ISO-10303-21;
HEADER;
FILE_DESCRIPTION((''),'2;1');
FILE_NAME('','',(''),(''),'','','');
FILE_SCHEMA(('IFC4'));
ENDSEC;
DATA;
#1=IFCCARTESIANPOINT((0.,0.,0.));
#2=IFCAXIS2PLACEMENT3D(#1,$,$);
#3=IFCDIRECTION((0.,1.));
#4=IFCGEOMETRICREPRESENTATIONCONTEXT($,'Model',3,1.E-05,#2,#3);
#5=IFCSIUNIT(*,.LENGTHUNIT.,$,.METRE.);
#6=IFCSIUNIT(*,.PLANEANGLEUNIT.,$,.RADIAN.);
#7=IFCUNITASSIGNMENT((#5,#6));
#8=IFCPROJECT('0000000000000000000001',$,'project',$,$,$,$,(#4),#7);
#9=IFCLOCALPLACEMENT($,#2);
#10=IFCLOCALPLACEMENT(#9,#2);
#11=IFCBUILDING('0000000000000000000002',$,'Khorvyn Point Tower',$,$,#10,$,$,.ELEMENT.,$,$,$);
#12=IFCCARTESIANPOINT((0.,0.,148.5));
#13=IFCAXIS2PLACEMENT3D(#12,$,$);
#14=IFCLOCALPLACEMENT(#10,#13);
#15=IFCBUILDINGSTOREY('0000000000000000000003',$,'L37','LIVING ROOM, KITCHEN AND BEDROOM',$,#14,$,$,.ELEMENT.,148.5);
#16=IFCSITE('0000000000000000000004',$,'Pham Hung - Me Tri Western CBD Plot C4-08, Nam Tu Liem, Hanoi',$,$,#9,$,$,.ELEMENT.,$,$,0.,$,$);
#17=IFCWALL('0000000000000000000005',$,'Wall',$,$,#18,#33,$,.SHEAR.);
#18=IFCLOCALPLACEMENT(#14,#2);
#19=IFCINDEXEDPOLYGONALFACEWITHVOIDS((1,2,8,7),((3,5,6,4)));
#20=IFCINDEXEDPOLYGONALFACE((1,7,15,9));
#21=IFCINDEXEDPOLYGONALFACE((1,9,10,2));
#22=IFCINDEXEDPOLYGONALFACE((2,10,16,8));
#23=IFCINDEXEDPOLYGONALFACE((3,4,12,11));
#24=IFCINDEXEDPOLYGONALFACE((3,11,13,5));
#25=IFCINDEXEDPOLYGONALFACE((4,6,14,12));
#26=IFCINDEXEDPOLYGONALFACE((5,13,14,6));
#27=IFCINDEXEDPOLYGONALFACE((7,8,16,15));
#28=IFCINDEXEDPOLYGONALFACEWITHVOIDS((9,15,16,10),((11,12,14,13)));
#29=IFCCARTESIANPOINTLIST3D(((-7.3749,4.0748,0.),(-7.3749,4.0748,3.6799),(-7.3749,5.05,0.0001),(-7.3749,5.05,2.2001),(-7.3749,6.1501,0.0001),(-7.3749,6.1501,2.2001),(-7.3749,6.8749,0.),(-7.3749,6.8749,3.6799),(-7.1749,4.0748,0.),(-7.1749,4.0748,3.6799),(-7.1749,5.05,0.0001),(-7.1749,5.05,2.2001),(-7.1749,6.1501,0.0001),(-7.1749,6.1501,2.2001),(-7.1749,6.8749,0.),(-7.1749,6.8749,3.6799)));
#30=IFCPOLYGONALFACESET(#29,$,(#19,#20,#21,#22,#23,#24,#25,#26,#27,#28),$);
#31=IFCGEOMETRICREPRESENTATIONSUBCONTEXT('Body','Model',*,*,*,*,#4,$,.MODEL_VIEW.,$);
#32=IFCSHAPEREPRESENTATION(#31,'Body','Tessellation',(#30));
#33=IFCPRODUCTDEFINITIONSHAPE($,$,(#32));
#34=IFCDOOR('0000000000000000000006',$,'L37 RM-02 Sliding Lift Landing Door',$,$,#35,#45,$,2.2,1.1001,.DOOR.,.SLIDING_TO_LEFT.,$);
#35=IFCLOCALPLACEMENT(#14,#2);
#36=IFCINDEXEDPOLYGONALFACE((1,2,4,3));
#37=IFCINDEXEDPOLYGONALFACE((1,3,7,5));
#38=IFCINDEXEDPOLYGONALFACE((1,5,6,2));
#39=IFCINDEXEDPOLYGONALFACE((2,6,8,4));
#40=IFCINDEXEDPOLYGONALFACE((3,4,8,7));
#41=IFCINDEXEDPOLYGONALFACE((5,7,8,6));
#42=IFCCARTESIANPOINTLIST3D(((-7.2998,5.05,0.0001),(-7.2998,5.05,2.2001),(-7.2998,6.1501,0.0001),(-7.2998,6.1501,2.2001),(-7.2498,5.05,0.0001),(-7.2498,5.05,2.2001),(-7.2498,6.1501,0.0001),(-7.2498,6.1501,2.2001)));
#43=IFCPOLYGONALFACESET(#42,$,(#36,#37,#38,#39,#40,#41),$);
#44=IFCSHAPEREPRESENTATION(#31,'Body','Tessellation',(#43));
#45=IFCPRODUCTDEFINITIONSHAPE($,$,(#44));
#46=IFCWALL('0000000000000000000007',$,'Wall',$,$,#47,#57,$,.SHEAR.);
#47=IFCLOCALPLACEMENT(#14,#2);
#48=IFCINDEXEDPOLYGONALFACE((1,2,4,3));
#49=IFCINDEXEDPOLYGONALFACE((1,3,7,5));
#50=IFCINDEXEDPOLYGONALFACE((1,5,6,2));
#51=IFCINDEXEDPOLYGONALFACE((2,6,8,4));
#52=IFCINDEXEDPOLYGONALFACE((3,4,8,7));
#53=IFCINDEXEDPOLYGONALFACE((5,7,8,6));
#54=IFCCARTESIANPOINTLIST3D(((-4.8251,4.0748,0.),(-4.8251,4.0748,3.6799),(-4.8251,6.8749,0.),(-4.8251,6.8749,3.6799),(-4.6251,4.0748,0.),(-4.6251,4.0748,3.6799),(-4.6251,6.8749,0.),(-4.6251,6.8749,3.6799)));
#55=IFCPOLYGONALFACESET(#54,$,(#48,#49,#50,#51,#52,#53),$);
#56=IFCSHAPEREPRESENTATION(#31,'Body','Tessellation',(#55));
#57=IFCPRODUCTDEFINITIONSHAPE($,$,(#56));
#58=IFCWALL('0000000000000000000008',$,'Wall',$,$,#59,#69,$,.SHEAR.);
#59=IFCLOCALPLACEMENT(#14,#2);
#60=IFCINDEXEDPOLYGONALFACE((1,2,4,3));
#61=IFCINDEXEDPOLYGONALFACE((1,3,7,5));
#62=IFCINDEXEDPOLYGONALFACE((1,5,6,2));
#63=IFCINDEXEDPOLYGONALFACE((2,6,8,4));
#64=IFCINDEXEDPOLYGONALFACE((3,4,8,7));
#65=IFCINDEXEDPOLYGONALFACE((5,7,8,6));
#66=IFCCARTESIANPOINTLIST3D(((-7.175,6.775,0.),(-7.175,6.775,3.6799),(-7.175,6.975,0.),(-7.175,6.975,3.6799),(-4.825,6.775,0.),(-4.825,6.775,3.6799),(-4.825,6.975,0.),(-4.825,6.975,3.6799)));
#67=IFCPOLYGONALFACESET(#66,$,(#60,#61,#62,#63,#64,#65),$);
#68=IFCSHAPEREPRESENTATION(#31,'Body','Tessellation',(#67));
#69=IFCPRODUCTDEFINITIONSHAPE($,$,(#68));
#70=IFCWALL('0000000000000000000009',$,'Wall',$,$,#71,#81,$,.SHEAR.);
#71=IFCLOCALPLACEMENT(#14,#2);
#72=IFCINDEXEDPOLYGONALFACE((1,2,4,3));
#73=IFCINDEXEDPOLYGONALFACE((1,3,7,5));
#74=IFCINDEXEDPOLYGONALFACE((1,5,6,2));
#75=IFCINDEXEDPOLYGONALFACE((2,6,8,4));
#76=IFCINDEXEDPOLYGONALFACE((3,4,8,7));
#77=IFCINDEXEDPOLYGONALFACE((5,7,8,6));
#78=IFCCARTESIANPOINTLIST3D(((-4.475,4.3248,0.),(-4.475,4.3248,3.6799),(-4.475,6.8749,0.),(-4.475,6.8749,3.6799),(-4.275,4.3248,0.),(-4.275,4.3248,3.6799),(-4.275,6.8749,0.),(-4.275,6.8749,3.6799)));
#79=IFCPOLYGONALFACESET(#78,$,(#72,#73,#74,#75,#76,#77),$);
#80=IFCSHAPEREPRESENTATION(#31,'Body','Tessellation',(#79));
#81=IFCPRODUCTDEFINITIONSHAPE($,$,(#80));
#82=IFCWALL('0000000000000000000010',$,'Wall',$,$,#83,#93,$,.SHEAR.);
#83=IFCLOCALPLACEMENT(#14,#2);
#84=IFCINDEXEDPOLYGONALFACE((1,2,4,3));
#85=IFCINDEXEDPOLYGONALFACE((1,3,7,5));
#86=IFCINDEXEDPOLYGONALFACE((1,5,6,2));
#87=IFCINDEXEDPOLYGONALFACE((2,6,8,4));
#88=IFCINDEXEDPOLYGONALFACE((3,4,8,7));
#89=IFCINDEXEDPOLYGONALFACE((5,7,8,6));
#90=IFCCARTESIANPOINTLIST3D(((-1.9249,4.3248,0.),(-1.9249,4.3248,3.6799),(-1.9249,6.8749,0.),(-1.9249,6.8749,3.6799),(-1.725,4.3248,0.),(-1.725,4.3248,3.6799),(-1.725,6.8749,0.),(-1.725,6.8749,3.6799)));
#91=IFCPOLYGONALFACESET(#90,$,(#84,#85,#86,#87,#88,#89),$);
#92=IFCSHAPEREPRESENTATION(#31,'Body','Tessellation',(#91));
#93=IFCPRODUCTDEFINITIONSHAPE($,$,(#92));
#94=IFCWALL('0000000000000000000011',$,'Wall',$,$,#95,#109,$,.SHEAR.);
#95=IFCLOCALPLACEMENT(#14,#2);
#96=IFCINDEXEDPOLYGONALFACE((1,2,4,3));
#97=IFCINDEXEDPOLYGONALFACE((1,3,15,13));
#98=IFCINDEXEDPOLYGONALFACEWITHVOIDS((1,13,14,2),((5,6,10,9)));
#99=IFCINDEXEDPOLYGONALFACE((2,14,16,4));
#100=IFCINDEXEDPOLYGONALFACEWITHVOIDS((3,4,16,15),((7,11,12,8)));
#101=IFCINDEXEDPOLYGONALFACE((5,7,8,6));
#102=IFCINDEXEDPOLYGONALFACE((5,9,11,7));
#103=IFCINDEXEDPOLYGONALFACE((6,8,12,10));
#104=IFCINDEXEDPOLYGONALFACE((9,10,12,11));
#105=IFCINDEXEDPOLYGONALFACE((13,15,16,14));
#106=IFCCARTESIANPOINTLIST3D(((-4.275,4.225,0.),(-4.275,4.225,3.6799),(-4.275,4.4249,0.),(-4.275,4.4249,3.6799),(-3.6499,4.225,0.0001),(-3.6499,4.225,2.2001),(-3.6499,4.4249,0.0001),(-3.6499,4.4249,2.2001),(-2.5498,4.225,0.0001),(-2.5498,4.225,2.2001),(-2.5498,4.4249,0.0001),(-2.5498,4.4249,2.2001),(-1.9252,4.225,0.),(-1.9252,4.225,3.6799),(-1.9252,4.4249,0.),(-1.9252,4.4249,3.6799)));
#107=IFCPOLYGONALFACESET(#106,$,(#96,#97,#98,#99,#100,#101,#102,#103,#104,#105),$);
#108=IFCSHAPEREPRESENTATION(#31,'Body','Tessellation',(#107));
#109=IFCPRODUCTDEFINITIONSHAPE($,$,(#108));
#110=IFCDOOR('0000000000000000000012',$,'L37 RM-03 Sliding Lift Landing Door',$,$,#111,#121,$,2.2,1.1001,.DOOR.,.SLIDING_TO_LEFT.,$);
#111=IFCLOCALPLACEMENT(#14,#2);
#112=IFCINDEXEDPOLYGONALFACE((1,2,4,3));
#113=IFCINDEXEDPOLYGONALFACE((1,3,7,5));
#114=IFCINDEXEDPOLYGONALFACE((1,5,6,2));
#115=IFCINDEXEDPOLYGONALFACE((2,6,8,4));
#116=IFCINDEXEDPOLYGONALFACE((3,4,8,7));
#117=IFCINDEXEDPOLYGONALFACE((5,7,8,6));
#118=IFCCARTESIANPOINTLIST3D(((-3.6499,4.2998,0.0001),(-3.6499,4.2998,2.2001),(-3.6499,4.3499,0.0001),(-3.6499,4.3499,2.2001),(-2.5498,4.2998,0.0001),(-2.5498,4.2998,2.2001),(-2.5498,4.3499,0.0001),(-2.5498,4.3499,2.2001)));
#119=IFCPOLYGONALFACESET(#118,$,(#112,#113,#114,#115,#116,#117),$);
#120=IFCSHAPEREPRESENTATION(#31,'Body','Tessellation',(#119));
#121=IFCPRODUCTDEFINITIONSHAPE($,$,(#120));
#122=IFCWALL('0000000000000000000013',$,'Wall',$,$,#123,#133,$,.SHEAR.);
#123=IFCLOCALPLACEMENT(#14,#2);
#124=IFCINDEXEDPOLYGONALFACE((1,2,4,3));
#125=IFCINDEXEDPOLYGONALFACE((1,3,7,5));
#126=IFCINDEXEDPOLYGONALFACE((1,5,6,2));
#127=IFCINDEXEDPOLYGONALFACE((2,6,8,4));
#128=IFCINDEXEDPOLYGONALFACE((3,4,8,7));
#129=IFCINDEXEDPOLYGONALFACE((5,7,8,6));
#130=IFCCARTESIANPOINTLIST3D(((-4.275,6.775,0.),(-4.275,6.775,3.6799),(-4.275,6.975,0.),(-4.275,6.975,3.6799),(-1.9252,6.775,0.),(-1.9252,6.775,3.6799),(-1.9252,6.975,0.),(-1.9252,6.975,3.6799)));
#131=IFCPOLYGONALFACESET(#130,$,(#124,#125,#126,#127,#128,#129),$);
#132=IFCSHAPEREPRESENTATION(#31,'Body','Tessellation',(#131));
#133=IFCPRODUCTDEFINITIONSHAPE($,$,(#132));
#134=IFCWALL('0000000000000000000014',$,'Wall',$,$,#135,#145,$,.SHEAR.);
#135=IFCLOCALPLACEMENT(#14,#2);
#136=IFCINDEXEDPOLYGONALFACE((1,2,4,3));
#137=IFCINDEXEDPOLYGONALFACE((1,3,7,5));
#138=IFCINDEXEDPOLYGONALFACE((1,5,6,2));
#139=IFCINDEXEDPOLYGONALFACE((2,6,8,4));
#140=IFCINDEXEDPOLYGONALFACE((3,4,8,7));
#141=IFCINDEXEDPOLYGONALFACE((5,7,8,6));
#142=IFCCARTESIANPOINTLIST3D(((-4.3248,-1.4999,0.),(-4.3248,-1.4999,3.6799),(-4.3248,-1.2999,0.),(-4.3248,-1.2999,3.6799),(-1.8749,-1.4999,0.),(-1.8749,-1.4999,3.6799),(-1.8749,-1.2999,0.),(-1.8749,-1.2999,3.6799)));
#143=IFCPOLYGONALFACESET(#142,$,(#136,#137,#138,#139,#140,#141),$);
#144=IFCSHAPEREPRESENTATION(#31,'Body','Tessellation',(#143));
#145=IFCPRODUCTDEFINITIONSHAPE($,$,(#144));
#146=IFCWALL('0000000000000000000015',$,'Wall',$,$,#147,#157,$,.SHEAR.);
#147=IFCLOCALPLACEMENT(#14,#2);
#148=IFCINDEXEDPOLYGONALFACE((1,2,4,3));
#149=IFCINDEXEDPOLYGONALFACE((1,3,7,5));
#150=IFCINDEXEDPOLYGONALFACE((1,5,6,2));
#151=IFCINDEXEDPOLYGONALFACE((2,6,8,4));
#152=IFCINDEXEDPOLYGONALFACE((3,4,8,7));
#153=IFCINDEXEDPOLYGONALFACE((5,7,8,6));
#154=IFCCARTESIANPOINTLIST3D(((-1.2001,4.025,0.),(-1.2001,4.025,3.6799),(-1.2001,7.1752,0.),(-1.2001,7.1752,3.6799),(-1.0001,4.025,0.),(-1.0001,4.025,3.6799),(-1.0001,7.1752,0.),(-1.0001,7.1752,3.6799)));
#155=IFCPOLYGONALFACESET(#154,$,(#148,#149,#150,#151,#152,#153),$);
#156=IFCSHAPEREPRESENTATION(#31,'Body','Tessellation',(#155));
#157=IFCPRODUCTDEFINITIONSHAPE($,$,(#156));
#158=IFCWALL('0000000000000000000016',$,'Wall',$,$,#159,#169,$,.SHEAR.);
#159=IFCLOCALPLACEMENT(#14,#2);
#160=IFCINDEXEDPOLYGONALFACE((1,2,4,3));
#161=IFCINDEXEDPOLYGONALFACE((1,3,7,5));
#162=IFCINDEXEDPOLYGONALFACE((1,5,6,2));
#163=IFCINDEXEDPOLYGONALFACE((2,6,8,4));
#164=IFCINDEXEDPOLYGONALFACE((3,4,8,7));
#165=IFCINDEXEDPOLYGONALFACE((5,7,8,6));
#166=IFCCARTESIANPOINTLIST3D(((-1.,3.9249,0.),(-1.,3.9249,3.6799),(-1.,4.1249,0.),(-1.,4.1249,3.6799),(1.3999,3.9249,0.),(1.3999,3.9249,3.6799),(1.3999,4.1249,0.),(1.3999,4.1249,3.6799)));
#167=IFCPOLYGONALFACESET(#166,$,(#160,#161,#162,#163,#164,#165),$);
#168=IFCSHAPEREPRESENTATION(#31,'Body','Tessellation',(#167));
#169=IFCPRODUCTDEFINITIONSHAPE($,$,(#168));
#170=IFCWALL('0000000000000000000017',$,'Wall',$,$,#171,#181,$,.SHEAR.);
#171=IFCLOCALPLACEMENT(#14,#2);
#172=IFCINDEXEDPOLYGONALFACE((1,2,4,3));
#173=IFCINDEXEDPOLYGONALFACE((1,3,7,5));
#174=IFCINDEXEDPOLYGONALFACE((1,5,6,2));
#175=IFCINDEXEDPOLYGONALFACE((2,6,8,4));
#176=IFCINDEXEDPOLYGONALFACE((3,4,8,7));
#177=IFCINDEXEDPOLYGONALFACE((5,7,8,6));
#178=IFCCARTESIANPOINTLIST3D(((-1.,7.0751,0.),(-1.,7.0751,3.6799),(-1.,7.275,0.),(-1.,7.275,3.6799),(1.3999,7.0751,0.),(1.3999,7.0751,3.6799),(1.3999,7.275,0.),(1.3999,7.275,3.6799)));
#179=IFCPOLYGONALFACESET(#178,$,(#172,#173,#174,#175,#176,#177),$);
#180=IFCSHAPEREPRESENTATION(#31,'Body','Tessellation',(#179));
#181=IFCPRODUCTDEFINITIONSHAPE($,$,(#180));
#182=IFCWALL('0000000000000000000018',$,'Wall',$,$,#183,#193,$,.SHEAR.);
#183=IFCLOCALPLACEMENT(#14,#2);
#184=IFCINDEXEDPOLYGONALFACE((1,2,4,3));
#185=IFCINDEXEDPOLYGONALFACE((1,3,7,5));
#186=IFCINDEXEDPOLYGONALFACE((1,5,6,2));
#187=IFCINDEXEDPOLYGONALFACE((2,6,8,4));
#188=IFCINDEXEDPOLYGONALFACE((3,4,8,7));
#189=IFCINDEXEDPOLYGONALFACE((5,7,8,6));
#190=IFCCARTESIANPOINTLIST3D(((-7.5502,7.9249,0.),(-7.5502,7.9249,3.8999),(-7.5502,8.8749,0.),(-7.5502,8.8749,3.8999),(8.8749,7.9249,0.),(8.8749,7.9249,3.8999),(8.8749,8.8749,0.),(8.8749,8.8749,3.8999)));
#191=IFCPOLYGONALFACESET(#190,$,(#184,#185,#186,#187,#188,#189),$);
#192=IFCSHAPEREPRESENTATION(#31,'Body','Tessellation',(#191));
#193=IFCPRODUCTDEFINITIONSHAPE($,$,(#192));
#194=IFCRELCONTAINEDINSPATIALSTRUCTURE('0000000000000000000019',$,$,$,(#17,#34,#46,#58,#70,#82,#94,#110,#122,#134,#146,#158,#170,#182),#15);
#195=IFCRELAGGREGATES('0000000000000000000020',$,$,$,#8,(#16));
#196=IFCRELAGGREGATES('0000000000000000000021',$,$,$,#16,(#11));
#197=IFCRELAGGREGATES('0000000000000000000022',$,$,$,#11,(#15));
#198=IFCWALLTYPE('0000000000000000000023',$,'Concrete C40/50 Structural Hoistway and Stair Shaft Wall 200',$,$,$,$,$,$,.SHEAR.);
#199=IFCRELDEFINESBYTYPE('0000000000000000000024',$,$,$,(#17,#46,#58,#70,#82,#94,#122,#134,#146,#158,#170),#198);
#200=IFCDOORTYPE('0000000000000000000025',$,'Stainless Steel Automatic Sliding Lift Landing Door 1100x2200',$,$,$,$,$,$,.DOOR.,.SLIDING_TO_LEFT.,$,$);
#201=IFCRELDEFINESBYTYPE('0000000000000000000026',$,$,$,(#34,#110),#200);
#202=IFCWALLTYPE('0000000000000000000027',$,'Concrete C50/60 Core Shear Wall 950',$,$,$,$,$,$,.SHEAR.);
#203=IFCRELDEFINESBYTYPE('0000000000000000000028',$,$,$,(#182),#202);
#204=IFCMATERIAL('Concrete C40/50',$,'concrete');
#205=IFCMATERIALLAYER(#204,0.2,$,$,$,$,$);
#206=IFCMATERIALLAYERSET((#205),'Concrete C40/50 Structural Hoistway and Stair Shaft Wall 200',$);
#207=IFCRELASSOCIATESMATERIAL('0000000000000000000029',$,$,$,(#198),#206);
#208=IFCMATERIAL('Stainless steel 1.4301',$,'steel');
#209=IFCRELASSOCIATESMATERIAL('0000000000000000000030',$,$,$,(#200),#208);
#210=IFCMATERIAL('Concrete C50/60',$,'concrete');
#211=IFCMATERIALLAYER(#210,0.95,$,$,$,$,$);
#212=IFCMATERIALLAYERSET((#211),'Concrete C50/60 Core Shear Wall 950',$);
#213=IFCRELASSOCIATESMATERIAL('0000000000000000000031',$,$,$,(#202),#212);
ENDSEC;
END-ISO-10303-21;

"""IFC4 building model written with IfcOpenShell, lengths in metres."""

from ifc_helpers import new_model, si_unit, direction, frame, frame_2d, origin, place, context, subcontext, project, spatial, rectangle, extrude, material, layer, layer_set, type_object, element, fill, save


model = new_model("IFC4")

# Units and contexts
model_context = context("Model", 3, precision=1e-05, world=origin(), true_north=direction((0.0, 1.0)))
body_context = subcontext(model_context, "Body", "Model", "MODEL_VIEW")
ifc_project = project(units=[si_unit("LENGTHUNIT", "METRE"), si_unit("PLANEANGLEUNIT", "RADIAN")], contexts=[model_context])

# Site, building, storey
site_placement = place(None, origin())
site = spatial("IfcSite", under=ifc_project, at=site_placement, Name="Pham Hung - Me Tri Western CBD Plot C4-08, Nam Tu Liem, Hanoi", CompositionType="ELEMENT", RefElevation=0.0)
building_placement = place(site_placement, origin())
building = spatial("IfcBuilding", under=site, at=building_placement, Name="Khorvyn Point Tower", CompositionType="ELEMENT")
storey_placement = place(building_placement, frame((0.0, 0.0, 148.5)))
storey = spatial("IfcBuildingStorey", under=building, at=storey_placement, Name="L37", Description="LIVING ROOM, KITCHEN AND BEDROOM", CompositionType="ELEMENT", Elevation=148.5)

# Shared definitions
ifc_material_1 = material(Name="Concrete C40/50", Category="concrete")

# Shared definitions
ifc_layer_1 = layer(ifc_material_1, 0.2)
ifc_layer_set_1 = layer_set([ifc_layer_1], Name="Concrete C40/50 Structural Hoistway and Stair Shaft Wall 200")
wall_type_1 = type_object("IfcWallType", Name="Concrete C40/50 Structural Hoistway and Stair Shaft Wall 200", PredefinedType="SHEAR", material=ifc_layer_set_1)
ifc_material_2 = material(Name="Stainless steel 1.4301", Category="steel")
door_type = type_object("IfcDoorType", Name="Stainless Steel Automatic Sliding Lift Landing Door 1100x2200", OperationType="SLIDING_TO_LEFT", PredefinedType="DOOR", material=ifc_material_2)

# Wall, opening, door
wall_1_placement = place(storey_placement, frame((-7.2749, 4.075, 0.0), z_axis=(0.0, 0.0, 1.0), x_axis=(0.0, 1.0, 0.0)))
wall_1 = element("IfcWall", 1, at=wall_1_placement, inside=storey, type_object=wall_type_1, Name="Wall", PredefinedType="SHEAR", context=body_context, shape_type="SweptSolid", body=[
    extrude(rectangle(XDim=2.8, YDim=0.2, at=frame_2d((1.3999, 0.0))), origin(), (0.0, 0.0, 1.0), 3.6799),
])
opening_1_placement = place(wall_1_placement, frame((0.9751, 0.0, 0.0)))
opening_1 = element("IfcOpeningElement", 2, at=opening_1_placement, cuts=wall_1, PredefinedType="OPENING", context=body_context, shape_type="SweptSolid", body=[
    extrude(rectangle(XDim=1.1001, YDim=2.2, at=frame_2d((0.55, 1.1001))), frame((0.0, 0.1099, 0.0), z_axis=(0.0, -1.0, 0.0), x_axis=(1.0, 0.0, 0.0)), (0.0, 0.0, 1.0), 0.22),
])
door_1_placement = place(opening_1_placement, origin())
door_1 = element("IfcDoor", 3, at=door_1_placement, inside=storey, type_object=door_type, Name="L37 RM-02 Sliding Lift Landing Door", OperationType="SLIDING_TO_LEFT", OverallHeight=2.2, OverallWidth=1.1001, PredefinedType="DOOR", context=body_context, shape_type="SweptSolid", body=[
    extrude(rectangle(XDim=1.1001, YDim=2.2, at=frame_2d((0.55, 1.1001))), frame((0.0, 0.0249, 0.0), z_axis=(0.0, -1.0, 0.0), x_axis=(1.0, 0.0, 0.0)), (0.0, 0.0, 1.0), 0.05),
])
fill(opening_1, door_1)

# Walls
wall_2_placement = place(storey_placement, frame((-4.7251, 4.075, 0.0), z_axis=(0.0, 0.0, 1.0), x_axis=(0.0, 1.0, 0.0)))
element("IfcWall", 4, at=wall_2_placement, inside=storey, type_object=wall_type_1, Name="Wall", PredefinedType="SHEAR", context=body_context, shape_type="SweptSolid", body=[
    extrude(rectangle(XDim=2.8, YDim=0.2, at=frame_2d((1.3999, 0.0))), origin(), (0.0, 0.0, 1.0), 3.6799),
])
wall_3_placement = place(storey_placement, frame((-7.175, 6.875, 0.0), z_axis=(0.0, 0.0, 1.0), x_axis=(1.0, 0.0, 0.0)))
element("IfcWall", 5, at=wall_3_placement, inside=storey, type_object=wall_type_1, Name="Wall", PredefinedType="SHEAR", context=body_context, shape_type="SweptSolid", body=[
    extrude(rectangle(XDim=2.3501, YDim=0.2, at=frame_2d((1.175, 0.0))), origin(), (0.0, 0.0, 1.0), 3.6799),
])
for number, where, z_axis, x_axis, name in (
    (6, (-4.375, 4.325, 0.0), (0.0, 0.0, 1.0), (0.0, 1.0, 0.0), "Wall"),
    (7, (-1.825, 4.325, 0.0), (0.0, 0.0, 1.0), (0.0, 1.0, 0.0), "Wall"),
):
    element("IfcWall", number, at=place(storey_placement, frame(where, z_axis=z_axis, x_axis=x_axis)), inside=storey, type_object=wall_type_1, Name=name, PredefinedType="SHEAR", context=body_context, shape_type="SweptSolid", body=[
        extrude(rectangle(XDim=2.55, YDim=0.2, at=frame_2d((1.2749, 0.0))), origin(), (0.0, 0.0, 1.0), 3.6799),
    ])

# Wall, opening, door
wall_4_placement = place(storey_placement, frame((-4.2749, 4.325, 0.0), z_axis=(0.0, 0.0, 1.0), x_axis=(1.0, 0.0, 0.0)))
wall_4 = element("IfcWall", 8, at=wall_4_placement, inside=storey, type_object=wall_type_1, Name="Wall", PredefinedType="SHEAR", context=body_context, shape_type="SweptSolid", body=[
    extrude(rectangle(XDim=2.3499, YDim=0.2, at=frame_2d((1.1748, 0.0))), origin(), (0.0, 0.0, 1.0), 3.6799),
])
opening_2_placement = place(wall_4_placement, frame((0.625, 0.0, 0.0)))
opening_2 = element("IfcOpeningElement", 9, at=opening_2_placement, cuts=wall_4, PredefinedType="OPENING", context=body_context, shape_type="SweptSolid", body=[
    extrude(rectangle(XDim=1.1001, YDim=2.2, at=frame_2d((0.55, 1.1001))), frame((0.0, 0.1099, 0.0), z_axis=(0.0, -1.0, 0.0), x_axis=(1.0, 0.0, 0.0)), (0.0, 0.0, 1.0), 0.22),
])
door_2_placement = place(opening_2_placement, origin())
door_2 = element("IfcDoor", 10, at=door_2_placement, inside=storey, type_object=door_type, Name="L37 RM-03 Sliding Lift Landing Door", OperationType="SLIDING_TO_LEFT", OverallHeight=2.2, OverallWidth=1.1001, PredefinedType="DOOR", context=body_context, shape_type="SweptSolid", body=[
    extrude(rectangle(XDim=1.1001, YDim=2.2, at=frame_2d((0.55, 1.1001))), frame((0.0, 0.0249, 0.0), z_axis=(0.0, -1.0, 0.0), x_axis=(1.0, 0.0, 0.0)), (0.0, 0.0, 1.0), 0.05),
])
fill(opening_2, door_2)

# Walls
wall_5_placement = place(storey_placement, frame((-4.2749, 6.875, 0.0), z_axis=(0.0, 0.0, 1.0), x_axis=(1.0, 0.0, 0.0)))
element("IfcWall", 11, at=wall_5_placement, inside=storey, type_object=wall_type_1, Name="Wall", PredefinedType="SHEAR", context=body_context, shape_type="SweptSolid", body=[
    extrude(rectangle(XDim=2.3499, YDim=0.2, at=frame_2d((1.1748, 0.0))), origin(), (0.0, 0.0, 1.0), 3.6799),
])
wall_6_placement = place(storey_placement, frame((-4.325, -1.3999, 0.0), z_axis=(0.0, 0.0, 1.0), x_axis=(1.0, 0.0, 0.0)))
element("IfcWall", 12, at=wall_6_placement, inside=storey, type_object=wall_type_1, Name="Wall", PredefinedType="SHEAR", context=body_context, shape_type="SweptSolid", body=[
    extrude(rectangle(XDim=2.45, YDim=0.2, at=frame_2d((1.2251, 0.0))), origin(), (0.0, 0.0, 1.0), 3.6799),
])
wall_7_placement = place(storey_placement, frame((-1.1001, 4.0249, 0.0), z_axis=(0.0, 0.0, 1.0), x_axis=(0.0, 1.0, 0.0)))
element("IfcWall", 13, at=wall_7_placement, inside=storey, type_object=wall_type_1, Name="Wall", PredefinedType="SHEAR", context=body_context, shape_type="SweptSolid", body=[
    extrude(rectangle(XDim=3.1501, YDim=0.2, at=frame_2d((1.5752, 0.0))), origin(), (0.0, 0.0, 1.0), 3.6799),
])
for number, where, z_axis, x_axis, name in (
    (14, (-1.0, 4.0249, 0.0), (0.0, 0.0, 1.0), (1.0, 0.0, 0.0), "Wall"),
    (15, (-1.0, 7.175, 0.0), (0.0, 0.0, 1.0), (1.0, 0.0, 0.0), "Wall"),
):
    element("IfcWall", number, at=place(storey_placement, frame(where, z_axis=z_axis, x_axis=x_axis)), inside=storey, type_object=wall_type_1, Name=name, PredefinedType="SHEAR", context=body_context, shape_type="SweptSolid", body=[
        extrude(rectangle(XDim=2.3999, YDim=0.2, at=frame_2d((1.2, 0.0))), origin(), (0.0, 0.0, 1.0), 3.6799),
    ])
ifc_material_3 = material(Name="Concrete C50/60", Category="concrete")
ifc_layer_2 = layer(ifc_material_3, 0.95)
ifc_layer_set_2 = layer_set([ifc_layer_2], Name="Concrete C50/60 Core Shear Wall 950")
wall_type_2 = type_object("IfcWallType", Name="Concrete C50/60 Core Shear Wall 950", PredefinedType="SHEAR", material=ifc_layer_set_2)
wall_8_placement = place(storey_placement, frame((-7.55, 8.3999, 0.0), z_axis=(0.0, 0.0, 1.0), x_axis=(1.0, 0.0, 0.0)))
element("IfcWall", 16, at=wall_8_placement, inside=storey, type_object=wall_type_2, Name="Wall", PredefinedType="SHEAR", context=body_context, shape_type="SweptSolid", body=[
    extrude(rectangle(XDim=16.425, YDim=0.95, at=frame_2d((8.2124, 0.0))), origin(), (0.0, 0.0, 1.0), 3.8999),
])

save(model, "model.ifc")
